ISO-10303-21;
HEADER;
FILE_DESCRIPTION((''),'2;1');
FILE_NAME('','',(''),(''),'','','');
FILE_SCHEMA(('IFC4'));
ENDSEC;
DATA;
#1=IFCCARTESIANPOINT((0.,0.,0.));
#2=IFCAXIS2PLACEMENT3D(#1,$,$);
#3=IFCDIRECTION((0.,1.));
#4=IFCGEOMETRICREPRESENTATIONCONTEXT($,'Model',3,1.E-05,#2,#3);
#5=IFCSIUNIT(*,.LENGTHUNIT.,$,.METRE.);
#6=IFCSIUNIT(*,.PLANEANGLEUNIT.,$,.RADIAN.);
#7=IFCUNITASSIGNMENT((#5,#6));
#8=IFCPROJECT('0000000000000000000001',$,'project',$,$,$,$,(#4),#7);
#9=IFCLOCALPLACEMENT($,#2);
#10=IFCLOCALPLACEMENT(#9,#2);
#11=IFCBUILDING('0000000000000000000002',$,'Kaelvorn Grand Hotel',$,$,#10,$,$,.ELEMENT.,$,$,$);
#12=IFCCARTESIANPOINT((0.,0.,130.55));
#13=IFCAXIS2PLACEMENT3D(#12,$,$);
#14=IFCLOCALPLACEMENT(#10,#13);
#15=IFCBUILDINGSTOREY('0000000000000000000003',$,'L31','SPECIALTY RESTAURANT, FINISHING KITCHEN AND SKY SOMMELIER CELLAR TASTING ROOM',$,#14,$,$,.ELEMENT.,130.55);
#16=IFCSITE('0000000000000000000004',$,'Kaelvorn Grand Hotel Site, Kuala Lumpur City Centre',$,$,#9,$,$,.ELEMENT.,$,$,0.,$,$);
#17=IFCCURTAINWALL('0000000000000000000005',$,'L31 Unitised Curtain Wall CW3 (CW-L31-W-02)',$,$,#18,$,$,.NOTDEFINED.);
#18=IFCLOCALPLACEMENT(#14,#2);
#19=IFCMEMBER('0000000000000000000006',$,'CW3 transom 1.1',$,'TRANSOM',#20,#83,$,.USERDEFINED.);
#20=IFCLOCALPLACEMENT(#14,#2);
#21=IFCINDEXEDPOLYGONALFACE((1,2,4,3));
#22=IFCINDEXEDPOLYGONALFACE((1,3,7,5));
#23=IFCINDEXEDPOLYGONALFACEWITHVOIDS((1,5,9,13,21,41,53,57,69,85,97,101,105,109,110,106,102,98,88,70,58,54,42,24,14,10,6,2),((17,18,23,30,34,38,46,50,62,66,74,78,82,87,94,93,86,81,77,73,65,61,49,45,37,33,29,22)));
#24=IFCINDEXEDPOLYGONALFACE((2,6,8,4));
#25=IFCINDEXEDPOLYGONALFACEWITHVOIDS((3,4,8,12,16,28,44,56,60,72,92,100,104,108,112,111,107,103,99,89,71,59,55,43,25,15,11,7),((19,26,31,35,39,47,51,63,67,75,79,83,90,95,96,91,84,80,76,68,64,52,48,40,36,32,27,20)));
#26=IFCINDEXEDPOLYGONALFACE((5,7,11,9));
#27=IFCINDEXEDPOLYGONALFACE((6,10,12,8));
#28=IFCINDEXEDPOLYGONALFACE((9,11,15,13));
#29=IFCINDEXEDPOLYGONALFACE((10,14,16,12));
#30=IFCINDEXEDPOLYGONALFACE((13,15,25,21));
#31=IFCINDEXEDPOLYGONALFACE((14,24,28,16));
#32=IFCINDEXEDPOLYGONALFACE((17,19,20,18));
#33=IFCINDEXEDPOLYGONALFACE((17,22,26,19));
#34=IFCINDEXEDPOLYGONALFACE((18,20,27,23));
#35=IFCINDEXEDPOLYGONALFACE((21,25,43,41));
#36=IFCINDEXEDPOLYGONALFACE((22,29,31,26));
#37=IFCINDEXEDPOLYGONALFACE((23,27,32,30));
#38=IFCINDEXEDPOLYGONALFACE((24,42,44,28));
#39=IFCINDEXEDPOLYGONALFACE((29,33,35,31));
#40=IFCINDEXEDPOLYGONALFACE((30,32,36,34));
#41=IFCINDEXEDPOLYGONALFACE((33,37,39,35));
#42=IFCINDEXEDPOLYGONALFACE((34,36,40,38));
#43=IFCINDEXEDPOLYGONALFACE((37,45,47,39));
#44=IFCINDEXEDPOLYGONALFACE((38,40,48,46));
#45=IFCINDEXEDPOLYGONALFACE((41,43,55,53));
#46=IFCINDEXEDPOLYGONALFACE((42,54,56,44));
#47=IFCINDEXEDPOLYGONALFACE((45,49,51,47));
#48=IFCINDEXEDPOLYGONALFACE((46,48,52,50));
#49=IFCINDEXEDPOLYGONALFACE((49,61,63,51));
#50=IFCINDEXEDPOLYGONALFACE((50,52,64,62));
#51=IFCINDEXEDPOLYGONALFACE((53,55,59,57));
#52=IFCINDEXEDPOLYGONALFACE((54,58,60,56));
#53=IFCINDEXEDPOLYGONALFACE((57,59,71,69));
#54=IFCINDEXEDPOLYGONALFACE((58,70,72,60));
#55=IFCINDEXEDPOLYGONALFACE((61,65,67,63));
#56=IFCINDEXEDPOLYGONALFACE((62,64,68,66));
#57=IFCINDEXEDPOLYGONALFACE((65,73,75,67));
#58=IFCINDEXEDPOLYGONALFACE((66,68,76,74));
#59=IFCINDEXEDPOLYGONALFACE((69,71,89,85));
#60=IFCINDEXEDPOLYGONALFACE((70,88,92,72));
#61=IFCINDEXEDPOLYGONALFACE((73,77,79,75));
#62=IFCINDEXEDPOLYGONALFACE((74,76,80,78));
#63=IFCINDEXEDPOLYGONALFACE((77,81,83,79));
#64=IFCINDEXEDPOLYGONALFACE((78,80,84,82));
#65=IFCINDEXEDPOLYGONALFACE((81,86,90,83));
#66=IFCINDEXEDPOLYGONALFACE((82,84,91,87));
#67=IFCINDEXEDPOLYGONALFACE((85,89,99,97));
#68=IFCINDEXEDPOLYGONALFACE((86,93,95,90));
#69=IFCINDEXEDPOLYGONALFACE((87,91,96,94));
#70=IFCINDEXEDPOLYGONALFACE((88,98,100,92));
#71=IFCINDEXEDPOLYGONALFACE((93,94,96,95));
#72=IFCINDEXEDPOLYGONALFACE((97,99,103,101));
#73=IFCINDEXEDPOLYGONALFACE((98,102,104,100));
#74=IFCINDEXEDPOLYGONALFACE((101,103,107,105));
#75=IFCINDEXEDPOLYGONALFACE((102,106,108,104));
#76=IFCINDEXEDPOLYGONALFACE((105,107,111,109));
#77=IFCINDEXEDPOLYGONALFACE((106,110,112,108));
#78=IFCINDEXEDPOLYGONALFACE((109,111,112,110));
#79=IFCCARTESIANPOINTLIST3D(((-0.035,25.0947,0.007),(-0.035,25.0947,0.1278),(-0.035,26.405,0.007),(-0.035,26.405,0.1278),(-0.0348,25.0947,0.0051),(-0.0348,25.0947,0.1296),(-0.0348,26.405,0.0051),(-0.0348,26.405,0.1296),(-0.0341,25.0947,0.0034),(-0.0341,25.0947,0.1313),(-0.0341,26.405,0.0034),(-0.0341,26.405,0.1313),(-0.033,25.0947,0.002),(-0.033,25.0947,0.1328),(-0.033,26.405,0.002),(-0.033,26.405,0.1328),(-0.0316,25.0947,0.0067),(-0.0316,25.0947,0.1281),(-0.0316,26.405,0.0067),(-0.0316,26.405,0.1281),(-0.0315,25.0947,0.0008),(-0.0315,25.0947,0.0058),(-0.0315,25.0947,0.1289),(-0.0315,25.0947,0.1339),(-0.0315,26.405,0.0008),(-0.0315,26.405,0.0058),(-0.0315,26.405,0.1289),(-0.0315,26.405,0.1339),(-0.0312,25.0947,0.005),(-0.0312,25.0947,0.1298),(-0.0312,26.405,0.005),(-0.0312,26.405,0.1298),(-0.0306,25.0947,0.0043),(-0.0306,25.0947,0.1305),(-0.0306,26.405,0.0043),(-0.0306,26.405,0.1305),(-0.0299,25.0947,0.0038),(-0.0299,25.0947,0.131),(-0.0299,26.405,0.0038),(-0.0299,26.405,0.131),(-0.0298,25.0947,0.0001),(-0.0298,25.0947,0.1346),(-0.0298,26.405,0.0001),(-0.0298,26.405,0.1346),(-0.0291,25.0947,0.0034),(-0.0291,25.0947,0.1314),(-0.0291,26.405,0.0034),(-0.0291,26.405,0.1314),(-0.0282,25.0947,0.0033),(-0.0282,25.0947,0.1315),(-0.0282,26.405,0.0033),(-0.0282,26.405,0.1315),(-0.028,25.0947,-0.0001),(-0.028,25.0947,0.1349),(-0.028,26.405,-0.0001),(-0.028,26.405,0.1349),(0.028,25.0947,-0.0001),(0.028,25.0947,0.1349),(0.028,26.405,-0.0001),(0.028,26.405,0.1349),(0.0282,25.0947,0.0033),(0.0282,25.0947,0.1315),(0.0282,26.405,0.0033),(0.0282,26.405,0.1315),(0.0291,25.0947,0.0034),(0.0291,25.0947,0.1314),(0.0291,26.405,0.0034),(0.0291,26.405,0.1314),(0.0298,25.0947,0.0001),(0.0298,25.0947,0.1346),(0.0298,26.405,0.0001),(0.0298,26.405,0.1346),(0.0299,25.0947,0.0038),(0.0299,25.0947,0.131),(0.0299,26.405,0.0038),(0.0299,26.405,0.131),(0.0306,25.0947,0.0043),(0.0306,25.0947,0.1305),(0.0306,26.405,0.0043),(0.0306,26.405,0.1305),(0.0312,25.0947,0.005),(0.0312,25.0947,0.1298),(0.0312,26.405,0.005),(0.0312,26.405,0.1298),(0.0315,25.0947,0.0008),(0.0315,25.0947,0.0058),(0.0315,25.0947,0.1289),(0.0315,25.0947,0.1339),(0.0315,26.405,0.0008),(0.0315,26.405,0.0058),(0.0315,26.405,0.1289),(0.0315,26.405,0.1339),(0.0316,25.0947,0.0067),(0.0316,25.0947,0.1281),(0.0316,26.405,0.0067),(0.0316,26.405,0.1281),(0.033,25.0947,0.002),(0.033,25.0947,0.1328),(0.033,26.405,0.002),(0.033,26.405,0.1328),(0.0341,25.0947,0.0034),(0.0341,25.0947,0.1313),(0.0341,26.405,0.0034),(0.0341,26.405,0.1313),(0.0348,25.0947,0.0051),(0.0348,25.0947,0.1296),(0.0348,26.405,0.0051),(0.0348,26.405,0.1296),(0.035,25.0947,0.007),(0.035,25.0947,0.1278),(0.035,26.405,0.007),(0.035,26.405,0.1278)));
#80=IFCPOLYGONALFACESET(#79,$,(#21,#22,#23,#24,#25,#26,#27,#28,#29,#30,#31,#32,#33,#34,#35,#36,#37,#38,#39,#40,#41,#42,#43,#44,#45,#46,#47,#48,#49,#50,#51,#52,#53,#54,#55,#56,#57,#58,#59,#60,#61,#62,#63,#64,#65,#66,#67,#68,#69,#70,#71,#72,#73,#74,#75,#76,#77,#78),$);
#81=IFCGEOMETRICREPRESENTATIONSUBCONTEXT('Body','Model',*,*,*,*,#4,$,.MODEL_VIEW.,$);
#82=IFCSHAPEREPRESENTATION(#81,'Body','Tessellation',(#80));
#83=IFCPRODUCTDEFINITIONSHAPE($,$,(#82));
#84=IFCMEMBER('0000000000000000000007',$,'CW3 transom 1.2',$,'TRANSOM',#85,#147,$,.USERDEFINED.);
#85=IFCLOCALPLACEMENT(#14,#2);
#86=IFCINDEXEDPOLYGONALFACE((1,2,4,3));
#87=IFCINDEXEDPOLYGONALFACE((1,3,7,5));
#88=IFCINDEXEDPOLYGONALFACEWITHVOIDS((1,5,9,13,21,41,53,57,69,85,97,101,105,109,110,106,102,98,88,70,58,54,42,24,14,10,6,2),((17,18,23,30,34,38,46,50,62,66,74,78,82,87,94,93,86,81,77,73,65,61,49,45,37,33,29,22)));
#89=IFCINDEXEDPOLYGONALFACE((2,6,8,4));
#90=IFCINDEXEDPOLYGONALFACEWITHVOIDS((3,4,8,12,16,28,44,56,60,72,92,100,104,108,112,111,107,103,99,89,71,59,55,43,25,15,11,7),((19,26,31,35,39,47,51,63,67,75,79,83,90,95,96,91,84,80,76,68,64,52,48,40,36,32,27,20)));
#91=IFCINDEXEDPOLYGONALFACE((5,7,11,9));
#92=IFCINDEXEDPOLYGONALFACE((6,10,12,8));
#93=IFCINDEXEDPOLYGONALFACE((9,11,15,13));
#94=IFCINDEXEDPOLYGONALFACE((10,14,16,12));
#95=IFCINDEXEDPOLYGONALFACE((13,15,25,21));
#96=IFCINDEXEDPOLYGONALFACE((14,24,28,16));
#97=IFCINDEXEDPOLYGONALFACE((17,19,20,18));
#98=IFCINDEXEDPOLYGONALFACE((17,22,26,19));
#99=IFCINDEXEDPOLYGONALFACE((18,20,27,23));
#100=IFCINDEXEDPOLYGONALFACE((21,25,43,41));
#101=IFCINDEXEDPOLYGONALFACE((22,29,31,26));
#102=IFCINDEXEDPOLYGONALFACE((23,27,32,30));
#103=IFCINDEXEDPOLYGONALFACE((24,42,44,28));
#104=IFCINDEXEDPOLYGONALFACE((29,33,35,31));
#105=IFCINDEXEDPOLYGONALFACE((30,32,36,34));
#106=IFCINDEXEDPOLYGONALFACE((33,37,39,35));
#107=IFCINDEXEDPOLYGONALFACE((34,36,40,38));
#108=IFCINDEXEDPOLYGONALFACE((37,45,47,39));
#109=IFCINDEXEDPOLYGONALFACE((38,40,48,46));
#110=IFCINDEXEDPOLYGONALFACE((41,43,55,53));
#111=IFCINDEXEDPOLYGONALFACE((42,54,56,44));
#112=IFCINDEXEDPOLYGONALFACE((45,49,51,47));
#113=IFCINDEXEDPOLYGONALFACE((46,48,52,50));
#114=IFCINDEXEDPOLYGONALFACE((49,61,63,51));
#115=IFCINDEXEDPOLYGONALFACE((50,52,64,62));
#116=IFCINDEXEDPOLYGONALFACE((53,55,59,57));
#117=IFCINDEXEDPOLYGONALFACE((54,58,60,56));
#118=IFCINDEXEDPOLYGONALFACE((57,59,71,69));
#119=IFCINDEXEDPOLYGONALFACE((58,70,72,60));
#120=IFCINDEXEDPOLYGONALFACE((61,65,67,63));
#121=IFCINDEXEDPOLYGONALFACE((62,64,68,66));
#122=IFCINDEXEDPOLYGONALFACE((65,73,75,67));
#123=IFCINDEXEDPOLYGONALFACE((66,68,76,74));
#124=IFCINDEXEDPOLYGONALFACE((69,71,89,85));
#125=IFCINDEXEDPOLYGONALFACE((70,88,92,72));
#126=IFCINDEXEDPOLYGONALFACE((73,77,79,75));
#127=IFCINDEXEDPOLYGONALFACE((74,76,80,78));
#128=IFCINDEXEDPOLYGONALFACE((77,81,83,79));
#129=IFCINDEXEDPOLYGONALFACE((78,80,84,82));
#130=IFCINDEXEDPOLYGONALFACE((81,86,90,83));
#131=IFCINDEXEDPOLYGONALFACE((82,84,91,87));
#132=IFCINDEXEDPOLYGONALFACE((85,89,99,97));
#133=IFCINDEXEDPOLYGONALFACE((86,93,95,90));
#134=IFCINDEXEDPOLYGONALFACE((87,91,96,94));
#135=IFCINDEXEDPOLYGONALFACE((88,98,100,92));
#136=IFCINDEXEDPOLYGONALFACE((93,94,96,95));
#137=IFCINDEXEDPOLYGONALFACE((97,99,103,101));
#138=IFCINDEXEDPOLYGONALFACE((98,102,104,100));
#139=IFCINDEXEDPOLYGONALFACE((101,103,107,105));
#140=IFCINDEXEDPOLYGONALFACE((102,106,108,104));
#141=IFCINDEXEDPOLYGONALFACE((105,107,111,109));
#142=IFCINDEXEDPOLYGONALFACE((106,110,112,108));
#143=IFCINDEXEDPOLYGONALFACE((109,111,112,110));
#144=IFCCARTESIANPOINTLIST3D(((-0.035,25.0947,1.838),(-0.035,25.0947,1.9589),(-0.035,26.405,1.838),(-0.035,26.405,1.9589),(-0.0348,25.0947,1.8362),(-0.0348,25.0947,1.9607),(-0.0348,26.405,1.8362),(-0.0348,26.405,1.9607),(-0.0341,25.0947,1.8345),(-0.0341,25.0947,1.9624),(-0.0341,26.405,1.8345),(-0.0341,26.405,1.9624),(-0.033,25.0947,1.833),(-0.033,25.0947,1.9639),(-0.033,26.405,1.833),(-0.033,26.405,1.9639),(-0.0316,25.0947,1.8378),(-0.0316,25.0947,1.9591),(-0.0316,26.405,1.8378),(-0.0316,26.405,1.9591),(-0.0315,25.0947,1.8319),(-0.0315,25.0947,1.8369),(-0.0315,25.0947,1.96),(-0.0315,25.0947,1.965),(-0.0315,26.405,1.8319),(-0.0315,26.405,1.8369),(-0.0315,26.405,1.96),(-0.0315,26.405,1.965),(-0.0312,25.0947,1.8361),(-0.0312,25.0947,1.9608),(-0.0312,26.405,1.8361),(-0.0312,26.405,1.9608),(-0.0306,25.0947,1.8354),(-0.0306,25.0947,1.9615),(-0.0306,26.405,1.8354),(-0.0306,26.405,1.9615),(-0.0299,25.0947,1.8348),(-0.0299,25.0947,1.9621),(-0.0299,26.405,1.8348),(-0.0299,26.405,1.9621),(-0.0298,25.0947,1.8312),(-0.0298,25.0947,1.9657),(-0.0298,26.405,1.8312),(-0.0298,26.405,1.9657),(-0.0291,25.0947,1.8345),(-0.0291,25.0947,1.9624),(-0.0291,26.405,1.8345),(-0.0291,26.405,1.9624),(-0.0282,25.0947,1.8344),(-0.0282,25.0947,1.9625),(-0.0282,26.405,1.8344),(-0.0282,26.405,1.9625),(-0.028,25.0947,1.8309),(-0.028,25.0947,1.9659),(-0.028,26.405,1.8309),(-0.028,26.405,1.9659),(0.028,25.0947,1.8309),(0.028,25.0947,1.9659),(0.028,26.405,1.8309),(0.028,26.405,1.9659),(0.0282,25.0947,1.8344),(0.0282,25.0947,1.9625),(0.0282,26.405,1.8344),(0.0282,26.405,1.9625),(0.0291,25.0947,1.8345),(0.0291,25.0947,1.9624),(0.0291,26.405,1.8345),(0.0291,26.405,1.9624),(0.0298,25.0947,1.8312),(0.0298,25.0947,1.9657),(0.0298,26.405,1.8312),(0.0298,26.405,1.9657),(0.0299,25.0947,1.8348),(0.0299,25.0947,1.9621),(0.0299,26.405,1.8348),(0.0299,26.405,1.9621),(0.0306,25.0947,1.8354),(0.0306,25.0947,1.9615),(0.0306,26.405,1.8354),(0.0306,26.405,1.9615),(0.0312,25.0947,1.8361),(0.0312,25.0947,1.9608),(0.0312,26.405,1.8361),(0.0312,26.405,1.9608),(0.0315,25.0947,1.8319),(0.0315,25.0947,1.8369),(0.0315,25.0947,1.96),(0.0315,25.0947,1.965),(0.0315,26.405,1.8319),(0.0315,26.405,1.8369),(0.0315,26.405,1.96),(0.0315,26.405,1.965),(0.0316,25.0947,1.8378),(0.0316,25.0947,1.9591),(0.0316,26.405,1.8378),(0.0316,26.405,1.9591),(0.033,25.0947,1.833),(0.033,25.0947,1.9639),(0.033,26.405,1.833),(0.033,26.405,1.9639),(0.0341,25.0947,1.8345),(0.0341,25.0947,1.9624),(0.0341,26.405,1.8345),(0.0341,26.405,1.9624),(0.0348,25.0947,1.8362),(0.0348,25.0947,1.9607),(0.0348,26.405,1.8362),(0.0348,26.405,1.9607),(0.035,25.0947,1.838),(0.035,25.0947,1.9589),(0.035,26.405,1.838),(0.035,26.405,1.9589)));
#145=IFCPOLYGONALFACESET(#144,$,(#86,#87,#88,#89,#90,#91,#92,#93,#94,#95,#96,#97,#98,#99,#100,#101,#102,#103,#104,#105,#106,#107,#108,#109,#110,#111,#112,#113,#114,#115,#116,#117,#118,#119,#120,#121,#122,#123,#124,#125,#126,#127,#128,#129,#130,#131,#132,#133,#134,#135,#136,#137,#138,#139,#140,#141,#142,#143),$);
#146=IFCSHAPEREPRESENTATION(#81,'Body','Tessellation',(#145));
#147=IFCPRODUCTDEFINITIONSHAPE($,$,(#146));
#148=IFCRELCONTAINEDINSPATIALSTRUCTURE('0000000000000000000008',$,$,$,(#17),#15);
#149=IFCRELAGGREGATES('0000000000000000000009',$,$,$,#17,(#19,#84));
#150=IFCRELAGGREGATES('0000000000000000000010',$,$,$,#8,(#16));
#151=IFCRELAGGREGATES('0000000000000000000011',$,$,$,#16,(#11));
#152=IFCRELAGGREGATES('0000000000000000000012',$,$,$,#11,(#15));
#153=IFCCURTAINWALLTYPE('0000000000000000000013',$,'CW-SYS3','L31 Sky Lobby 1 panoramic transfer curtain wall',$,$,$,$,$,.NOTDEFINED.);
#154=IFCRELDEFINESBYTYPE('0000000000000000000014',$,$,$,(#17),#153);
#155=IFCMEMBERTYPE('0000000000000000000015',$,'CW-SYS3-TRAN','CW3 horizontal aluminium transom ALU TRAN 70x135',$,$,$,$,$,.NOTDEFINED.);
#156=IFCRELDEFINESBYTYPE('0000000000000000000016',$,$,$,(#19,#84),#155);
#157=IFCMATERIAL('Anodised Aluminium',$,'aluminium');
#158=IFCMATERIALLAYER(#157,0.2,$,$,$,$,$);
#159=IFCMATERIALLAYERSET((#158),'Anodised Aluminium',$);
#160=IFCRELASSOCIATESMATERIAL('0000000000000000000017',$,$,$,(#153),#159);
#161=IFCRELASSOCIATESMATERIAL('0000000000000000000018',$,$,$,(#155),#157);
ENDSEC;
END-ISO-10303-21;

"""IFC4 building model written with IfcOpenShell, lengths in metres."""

from ifc_helpers import new_model, si_unit, direction, frame, origin, origin_2d, place, context, subcontext, project, spatial, hollow_rectangle, extrude, material, layer, layer_set, material_profile, profile_set, type_object, element, aggregate, save


model = new_model("IFC4")

# Units and contexts
model_context = context("Model", 3, precision=1e-05, world=origin(), true_north=direction((0.0, 1.0)))
body_context = subcontext(model_context, "Body", "Model", "MODEL_VIEW")
ifc_project = project(units=[si_unit("LENGTHUNIT", "METRE"), si_unit("PLANEANGLEUNIT", "RADIAN")], contexts=[model_context])

# Site, building, storey
site_placement = place(None, origin())
site = spatial("IfcSite", under=ifc_project, at=site_placement, Name="Kaelvorn Grand Hotel Site, Kuala Lumpur City Centre", CompositionType="ELEMENT", RefElevation=0.0)
building_placement = place(site_placement, origin())
building = spatial("IfcBuilding", under=site, at=building_placement, Name="Kaelvorn Grand Hotel", CompositionType="ELEMENT")
storey_placement = place(building_placement, frame((0.0, 0.0, 130.55)))
storey = spatial("IfcBuildingStorey", under=building, at=storey_placement, Name="L31", Description="SPECIALTY RESTAURANT, FINISHING KITCHEN AND SKY SOMMELIER CELLAR TASTING ROOM", CompositionType="ELEMENT", Elevation=130.55)

# Curtain wall, members
ifc_material_1 = material(Name="Anodised Aluminium", Category="aluminium")
ifc_layer_1 = layer(ifc_material_1, 0.2)
ifc_layer_set_1 = layer_set([ifc_layer_1], Name="Anodised Aluminium")
curtain_wall_type = type_object("IfcCurtainWallType", Name="CW-SYS3", Description="L31 Sky Lobby 1 panoramic transfer curtain wall", PredefinedType="NOTDEFINED", material=ifc_layer_set_1)
curtain_wall_placement = place(storey_placement, origin())
curtain_wall = element("IfcCurtainWall", 1, at=curtain_wall_placement, inside=storey, type_object=curtain_wall_type, Name="L31 Unitised Curtain Wall CW3 (CW-L31-W-02)", PredefinedType="NOTDEFINED")
ifc_material_profile_1 = material_profile(ifc_material_1, hollow_rectangle(XDim=0.0701, YDim=0.135, WallThickness=0.0034, InnerFilletRadius=0.0034, OuterFilletRadius=0.0071, at=origin_2d()), Name="ALU TRAN 70x135")
ifc_profile_set_1 = profile_set([ifc_material_profile_1], Name="Anodised Aluminium")
member_type_1 = type_object("IfcMemberType", Name="CW-SYS3-TRAN", Description="CW3 horizontal aluminium transom ALU TRAN 70x135", PredefinedType="NOTDEFINED", material=ifc_profile_set_1)
member_1_placement = place(storey_placement, frame((0.0, 26.405, 0.0674), z_axis=(0.0, -1.0, 0.0), x_axis=(1.0, 0.0, 0.0)))
member_1 = element("IfcMember", 2, at=member_1_placement, type_object=member_type_1, Name="CW3 transom 1.1", ObjectType="TRANSOM", PredefinedType="USERDEFINED", context=body_context, shape_type="SweptSolid", body=[
    extrude(hollow_rectangle(XDim=0.0701, YDim=0.135, WallThickness=0.0034, InnerFilletRadius=0.0034, OuterFilletRadius=0.0071, at=origin_2d()), origin(), (0.0, 0.0, 1.0), 1.3103),
])
member_2_placement = place(storey_placement, frame((0.0, 26.405, 1.8984), z_axis=(0.0, -1.0, 0.0), x_axis=(1.0, 0.0, 0.0)))
member_2 = element("IfcMember", 3, at=member_2_placement, type_object=member_type_1, Name="CW3 transom 1.2", ObjectType="TRANSOM", PredefinedType="USERDEFINED", context=body_context, shape_type="SweptSolid", body=[
    extrude(hollow_rectangle(XDim=0.0701, YDim=0.135, WallThickness=0.0034, InnerFilletRadius=0.0034, OuterFilletRadius=0.0071, at=origin_2d()), origin(), (0.0, 0.0, 1.0), 1.3103),
])
aggregate(curtain_wall, [member_1, member_2])

save(model, "model.ifc")
